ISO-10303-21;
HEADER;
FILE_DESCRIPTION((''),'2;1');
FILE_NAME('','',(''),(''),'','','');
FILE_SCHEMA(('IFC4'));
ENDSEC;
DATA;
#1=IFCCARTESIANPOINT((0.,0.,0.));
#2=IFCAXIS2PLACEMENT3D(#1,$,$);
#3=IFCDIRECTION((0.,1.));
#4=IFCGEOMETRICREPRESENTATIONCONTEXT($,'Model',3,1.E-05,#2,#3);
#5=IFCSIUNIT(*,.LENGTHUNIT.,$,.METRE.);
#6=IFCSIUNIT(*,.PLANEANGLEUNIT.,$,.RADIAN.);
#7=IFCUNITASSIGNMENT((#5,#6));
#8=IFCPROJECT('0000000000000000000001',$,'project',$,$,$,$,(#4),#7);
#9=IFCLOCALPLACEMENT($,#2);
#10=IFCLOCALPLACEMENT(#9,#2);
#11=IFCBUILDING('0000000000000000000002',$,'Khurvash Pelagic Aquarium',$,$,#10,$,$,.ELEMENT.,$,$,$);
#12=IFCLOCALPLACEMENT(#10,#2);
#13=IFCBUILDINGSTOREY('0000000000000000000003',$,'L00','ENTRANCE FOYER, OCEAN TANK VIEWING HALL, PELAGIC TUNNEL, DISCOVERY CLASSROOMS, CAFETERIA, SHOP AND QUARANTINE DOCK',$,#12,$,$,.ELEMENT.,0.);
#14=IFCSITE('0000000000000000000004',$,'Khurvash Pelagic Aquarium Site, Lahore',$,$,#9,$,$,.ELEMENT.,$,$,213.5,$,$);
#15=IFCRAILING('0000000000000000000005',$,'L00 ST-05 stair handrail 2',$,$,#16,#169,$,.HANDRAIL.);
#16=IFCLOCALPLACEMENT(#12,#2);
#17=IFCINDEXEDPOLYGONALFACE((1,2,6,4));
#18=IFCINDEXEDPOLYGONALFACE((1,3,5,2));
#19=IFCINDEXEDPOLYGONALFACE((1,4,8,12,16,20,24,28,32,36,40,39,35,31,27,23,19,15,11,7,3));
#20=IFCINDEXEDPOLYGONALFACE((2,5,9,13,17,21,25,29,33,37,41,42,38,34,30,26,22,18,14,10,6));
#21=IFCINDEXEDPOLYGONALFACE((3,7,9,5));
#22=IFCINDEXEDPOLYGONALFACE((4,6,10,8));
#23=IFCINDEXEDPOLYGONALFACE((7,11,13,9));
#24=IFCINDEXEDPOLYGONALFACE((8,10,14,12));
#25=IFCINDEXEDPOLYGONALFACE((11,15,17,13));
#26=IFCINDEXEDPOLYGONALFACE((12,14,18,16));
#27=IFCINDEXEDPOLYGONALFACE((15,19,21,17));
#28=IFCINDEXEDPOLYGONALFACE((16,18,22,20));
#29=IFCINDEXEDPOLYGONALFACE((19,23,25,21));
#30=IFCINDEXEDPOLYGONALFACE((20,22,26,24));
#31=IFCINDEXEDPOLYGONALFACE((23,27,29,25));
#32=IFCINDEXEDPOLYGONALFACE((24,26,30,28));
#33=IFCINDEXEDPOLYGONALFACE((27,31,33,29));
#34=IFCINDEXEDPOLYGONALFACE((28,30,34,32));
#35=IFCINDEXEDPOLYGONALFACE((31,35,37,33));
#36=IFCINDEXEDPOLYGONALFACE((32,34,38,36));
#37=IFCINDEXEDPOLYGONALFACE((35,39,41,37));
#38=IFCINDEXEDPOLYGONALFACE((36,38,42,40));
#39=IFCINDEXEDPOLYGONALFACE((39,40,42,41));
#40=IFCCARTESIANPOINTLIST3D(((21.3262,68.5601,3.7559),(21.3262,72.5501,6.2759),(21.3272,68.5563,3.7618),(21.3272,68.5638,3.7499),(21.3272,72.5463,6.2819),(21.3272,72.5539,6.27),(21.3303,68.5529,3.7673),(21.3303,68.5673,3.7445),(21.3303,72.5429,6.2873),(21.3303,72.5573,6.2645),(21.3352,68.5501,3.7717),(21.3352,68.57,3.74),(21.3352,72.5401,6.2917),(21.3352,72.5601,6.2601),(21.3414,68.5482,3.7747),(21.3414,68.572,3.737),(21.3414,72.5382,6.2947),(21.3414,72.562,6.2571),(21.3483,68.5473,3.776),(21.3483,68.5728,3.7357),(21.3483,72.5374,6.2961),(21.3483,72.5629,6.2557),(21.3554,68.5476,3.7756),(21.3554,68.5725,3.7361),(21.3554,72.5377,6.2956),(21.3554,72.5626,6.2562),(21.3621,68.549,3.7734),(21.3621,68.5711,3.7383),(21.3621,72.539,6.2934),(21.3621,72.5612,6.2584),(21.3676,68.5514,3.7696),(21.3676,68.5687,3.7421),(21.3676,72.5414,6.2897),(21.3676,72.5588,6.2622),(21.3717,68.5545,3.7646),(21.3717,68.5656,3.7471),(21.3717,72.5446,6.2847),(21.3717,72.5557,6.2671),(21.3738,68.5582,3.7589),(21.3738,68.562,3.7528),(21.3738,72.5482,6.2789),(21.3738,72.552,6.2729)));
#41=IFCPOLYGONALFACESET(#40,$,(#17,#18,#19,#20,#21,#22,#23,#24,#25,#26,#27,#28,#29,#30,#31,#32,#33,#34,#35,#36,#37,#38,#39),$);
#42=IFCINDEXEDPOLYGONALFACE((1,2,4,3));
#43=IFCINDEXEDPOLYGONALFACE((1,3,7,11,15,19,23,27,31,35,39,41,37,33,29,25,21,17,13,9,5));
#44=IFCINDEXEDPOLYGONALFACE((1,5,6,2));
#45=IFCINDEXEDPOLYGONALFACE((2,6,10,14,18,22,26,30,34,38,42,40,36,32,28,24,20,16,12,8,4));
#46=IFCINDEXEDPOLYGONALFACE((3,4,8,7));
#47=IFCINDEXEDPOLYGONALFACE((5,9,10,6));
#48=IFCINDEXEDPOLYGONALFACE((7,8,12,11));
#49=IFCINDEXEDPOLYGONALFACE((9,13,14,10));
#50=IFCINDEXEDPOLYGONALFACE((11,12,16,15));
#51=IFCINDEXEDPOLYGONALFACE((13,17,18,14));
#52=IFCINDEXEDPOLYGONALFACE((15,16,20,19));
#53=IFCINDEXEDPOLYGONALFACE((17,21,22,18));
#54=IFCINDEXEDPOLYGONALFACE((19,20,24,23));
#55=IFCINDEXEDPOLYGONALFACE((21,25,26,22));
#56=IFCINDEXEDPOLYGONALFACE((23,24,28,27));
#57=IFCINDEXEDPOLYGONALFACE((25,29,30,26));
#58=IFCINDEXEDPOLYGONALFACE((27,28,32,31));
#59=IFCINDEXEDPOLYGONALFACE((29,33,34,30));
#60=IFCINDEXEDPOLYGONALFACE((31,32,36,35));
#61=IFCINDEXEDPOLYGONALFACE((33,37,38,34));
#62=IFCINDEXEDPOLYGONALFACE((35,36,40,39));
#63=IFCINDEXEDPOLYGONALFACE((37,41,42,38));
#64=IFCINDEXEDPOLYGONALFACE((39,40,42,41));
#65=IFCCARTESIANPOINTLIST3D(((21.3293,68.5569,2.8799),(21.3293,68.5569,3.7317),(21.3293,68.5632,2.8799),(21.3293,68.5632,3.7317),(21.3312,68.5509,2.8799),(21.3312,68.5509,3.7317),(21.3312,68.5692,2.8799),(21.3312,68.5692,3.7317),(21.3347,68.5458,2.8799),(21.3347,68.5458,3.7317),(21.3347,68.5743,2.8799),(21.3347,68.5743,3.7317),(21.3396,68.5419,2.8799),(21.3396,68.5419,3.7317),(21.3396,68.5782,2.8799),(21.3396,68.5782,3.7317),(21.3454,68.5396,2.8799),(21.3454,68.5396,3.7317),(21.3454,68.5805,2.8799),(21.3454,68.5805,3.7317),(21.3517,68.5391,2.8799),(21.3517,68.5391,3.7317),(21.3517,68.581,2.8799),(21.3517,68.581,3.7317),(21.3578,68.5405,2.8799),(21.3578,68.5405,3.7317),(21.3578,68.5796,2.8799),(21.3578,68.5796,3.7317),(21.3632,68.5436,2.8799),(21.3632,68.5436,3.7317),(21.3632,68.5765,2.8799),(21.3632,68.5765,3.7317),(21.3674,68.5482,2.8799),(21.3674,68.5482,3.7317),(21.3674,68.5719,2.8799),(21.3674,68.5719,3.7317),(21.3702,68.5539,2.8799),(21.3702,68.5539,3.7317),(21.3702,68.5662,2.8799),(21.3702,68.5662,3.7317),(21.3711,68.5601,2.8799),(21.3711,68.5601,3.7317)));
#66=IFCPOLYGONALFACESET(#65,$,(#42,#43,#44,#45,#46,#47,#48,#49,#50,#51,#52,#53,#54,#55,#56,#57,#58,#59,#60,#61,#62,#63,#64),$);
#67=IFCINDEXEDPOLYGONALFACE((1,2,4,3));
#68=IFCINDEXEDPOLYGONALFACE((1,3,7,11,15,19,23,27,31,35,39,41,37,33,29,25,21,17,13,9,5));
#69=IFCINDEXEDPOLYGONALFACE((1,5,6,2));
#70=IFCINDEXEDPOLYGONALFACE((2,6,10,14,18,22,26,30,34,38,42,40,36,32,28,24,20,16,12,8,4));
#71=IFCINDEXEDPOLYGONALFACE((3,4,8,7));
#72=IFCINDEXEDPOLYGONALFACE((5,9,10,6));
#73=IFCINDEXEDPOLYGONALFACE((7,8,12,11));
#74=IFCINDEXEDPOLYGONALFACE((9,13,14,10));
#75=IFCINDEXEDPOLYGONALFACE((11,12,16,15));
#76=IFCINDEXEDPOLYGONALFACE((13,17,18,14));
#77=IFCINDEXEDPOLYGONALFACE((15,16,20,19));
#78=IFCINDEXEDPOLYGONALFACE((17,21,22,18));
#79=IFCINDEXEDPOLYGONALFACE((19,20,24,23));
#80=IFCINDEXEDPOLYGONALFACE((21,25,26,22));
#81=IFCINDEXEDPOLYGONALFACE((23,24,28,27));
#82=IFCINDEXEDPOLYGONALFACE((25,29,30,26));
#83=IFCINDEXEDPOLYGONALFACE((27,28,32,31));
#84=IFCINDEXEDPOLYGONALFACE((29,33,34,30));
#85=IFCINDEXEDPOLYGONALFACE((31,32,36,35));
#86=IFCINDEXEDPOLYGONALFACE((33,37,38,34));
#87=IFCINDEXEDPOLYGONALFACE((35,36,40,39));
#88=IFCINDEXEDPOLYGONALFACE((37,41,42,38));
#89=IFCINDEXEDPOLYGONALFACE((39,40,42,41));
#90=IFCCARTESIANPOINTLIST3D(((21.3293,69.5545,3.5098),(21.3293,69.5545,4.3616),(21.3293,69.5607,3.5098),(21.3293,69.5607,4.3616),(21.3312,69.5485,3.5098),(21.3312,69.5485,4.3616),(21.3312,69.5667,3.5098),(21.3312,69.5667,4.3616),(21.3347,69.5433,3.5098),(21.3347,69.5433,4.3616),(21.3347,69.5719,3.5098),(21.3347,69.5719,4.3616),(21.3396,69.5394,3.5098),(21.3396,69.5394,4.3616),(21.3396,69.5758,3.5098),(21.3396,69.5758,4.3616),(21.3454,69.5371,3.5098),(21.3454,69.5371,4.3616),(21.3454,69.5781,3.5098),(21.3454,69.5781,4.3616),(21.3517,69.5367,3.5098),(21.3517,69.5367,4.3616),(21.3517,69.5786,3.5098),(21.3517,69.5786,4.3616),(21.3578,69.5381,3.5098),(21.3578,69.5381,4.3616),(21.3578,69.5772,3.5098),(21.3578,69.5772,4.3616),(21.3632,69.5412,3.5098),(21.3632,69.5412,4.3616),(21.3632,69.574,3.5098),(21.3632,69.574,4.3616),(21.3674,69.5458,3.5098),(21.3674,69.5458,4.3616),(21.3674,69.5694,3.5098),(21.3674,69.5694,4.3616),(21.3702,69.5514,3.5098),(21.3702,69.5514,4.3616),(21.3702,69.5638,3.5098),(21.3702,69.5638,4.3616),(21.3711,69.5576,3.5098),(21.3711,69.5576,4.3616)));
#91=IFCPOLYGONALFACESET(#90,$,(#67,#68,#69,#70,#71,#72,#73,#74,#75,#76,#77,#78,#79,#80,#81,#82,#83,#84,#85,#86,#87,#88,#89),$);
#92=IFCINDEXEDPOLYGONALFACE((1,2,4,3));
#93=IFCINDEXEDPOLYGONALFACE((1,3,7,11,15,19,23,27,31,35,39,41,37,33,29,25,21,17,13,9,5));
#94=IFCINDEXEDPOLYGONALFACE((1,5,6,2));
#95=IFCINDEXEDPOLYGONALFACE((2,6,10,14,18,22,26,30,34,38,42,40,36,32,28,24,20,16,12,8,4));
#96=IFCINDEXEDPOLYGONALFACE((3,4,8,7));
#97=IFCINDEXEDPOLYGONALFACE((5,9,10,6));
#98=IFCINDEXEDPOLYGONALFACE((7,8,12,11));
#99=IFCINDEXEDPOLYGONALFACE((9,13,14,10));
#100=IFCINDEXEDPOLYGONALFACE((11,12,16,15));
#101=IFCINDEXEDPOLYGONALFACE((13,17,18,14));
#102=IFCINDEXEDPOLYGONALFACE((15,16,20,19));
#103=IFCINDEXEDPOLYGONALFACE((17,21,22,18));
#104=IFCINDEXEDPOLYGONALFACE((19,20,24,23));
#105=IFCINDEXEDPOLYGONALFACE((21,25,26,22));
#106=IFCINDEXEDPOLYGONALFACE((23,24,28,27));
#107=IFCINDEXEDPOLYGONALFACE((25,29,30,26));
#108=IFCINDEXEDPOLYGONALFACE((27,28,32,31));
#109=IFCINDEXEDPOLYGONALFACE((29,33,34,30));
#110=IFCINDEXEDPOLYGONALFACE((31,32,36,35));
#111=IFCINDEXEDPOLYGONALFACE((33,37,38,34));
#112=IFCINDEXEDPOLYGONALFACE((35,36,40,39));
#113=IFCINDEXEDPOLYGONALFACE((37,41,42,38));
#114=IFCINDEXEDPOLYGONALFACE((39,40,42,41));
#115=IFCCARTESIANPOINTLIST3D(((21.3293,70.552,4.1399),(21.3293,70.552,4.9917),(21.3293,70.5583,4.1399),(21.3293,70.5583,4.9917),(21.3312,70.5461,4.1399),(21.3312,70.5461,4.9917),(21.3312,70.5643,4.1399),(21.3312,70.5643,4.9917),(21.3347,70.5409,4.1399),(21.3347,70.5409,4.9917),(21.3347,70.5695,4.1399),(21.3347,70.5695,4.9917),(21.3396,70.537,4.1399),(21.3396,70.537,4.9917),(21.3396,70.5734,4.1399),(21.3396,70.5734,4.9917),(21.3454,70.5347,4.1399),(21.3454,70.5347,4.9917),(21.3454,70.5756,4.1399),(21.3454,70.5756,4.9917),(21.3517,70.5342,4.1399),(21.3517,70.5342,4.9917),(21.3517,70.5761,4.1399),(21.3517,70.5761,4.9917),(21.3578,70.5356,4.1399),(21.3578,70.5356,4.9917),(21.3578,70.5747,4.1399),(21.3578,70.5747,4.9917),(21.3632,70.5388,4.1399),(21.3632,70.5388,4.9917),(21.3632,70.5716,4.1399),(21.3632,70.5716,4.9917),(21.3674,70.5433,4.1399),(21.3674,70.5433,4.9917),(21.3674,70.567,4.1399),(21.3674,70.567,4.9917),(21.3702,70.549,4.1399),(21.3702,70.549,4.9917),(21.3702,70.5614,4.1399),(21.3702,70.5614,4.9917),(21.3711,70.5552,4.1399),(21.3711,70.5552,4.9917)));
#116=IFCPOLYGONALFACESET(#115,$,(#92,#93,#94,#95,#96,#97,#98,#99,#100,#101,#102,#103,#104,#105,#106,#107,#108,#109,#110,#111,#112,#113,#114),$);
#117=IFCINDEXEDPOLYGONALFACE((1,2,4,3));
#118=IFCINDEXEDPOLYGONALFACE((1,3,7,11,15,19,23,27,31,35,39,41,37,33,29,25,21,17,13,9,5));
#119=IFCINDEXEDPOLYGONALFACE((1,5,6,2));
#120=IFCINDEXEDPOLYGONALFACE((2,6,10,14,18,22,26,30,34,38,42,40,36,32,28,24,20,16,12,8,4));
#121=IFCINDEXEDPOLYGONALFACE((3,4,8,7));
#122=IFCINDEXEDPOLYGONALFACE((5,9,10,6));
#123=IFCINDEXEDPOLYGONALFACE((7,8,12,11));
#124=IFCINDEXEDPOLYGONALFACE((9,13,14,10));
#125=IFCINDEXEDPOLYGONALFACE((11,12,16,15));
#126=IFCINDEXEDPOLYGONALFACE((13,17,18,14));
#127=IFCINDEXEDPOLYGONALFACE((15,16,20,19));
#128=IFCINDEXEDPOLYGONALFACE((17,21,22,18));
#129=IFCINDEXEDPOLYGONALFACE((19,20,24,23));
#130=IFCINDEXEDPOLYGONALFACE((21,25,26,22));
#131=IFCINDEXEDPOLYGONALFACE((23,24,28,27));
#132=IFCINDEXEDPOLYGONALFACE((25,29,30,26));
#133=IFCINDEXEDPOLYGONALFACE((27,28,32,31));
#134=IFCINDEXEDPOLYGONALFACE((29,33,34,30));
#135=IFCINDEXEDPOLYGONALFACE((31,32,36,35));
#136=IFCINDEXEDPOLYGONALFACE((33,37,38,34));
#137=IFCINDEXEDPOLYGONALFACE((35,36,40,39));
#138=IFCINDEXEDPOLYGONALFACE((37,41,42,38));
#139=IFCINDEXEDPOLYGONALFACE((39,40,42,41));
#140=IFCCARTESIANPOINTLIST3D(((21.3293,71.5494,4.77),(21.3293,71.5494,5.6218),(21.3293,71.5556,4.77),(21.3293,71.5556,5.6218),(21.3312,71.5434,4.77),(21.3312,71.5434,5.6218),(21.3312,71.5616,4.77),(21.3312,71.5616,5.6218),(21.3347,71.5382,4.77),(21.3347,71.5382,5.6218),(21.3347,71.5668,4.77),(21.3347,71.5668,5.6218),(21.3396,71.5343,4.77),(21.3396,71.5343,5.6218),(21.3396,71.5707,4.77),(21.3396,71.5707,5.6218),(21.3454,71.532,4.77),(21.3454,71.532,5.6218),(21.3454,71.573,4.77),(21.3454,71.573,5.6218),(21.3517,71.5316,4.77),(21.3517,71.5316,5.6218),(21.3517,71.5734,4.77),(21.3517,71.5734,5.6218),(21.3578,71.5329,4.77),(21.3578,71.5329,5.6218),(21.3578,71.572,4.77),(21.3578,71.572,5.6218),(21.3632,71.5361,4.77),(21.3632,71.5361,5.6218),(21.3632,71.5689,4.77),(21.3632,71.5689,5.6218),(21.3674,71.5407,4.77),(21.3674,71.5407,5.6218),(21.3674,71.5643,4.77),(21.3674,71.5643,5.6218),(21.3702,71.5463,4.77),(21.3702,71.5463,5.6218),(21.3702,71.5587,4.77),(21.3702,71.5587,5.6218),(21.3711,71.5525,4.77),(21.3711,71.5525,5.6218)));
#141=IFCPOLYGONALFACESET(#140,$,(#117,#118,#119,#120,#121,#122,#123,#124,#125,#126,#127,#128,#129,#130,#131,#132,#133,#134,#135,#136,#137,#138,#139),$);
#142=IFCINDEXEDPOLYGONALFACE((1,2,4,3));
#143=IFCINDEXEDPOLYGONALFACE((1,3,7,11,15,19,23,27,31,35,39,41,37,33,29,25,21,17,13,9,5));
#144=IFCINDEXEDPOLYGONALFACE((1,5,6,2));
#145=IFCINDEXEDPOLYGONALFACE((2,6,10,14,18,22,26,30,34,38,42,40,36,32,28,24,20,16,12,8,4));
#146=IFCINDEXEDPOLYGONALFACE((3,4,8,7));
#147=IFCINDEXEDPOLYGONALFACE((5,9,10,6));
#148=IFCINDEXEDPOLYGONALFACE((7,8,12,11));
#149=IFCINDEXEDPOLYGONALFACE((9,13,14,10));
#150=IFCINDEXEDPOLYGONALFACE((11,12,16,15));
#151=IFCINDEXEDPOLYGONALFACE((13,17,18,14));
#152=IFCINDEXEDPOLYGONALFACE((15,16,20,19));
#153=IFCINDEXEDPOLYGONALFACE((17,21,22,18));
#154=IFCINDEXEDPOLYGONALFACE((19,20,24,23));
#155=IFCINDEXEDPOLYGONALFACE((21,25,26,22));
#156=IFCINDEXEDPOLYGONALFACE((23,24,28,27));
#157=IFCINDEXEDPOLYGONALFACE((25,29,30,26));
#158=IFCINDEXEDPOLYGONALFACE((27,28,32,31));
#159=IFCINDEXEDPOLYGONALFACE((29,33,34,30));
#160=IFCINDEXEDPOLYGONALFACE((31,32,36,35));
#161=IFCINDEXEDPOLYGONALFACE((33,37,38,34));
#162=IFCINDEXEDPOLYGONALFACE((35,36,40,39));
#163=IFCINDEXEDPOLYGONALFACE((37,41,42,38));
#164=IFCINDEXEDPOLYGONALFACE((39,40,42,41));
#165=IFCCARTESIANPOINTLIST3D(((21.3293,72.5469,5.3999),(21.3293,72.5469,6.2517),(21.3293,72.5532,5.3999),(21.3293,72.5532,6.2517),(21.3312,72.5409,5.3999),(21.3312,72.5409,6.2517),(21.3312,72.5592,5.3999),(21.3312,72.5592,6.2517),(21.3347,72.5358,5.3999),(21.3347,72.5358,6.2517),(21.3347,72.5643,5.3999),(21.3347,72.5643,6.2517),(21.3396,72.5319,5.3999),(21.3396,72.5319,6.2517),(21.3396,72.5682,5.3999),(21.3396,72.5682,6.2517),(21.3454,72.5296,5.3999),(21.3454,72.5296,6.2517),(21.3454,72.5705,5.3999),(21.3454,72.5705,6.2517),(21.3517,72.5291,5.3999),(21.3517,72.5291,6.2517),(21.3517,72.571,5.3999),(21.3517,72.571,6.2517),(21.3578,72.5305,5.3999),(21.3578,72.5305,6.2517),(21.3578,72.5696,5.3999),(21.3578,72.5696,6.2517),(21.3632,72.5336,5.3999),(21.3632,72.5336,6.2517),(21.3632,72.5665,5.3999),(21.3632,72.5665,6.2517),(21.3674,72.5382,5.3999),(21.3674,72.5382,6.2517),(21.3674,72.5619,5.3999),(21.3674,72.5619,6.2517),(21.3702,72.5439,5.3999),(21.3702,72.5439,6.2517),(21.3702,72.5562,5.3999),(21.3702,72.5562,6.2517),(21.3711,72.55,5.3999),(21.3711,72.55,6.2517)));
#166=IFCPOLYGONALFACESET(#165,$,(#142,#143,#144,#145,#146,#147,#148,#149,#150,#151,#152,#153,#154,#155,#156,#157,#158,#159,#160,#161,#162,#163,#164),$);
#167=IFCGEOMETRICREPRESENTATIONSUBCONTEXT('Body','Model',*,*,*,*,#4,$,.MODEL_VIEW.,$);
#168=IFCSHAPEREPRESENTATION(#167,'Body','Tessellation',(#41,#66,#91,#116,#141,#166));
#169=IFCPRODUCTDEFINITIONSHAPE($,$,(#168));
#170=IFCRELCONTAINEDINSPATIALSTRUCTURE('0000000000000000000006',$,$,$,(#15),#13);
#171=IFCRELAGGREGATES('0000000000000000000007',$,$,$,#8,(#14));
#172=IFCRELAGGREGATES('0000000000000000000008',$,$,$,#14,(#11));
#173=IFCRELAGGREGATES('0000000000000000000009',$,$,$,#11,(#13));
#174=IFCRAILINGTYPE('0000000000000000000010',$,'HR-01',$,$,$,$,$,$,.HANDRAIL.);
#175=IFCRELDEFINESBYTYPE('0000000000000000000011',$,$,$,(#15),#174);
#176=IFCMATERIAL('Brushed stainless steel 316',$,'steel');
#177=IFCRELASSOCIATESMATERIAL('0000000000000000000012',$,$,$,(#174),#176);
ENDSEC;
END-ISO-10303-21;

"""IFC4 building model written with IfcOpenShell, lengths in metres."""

from ifc_helpers import new_model, si_unit, direction, frame, origin, origin_2d, place, context, subcontext, project, spatial, circle, extrude, material, type_object, element, save


model = new_model("IFC4")

# Units and contexts
model_context = context("Model", 3, precision=1e-05, world=origin(), true_north=direction((0.0, 1.0)))
body_context = subcontext(model_context, "Body", "Model", "MODEL_VIEW")
ifc_project = project(units=[si_unit("LENGTHUNIT", "METRE"), si_unit("PLANEANGLEUNIT", "RADIAN")], contexts=[model_context])

# Site, building, storey
site_placement = place(None, origin())
site = spatial("IfcSite", under=ifc_project, at=site_placement, Name="Khurvash Pelagic Aquarium Site, Lahore", CompositionType="ELEMENT", RefElevation=213.5)
building_placement = place(site_placement, origin())
building = spatial("IfcBuilding", under=site, at=building_placement, Name="Khurvash Pelagic Aquarium", CompositionType="ELEMENT")
storey_placement = place(building_placement, origin())
storey = spatial("IfcBuildingStorey", under=building, at=storey_placement, Name="L00", Description="ENTRANCE FOYER, OCEAN TANK VIEWING HALL, PELAGIC TUNNEL, DISCOVERY CLASSROOMS, CAFETERIA, SHOP AND QUARANTINE DOCK", CompositionType="ELEMENT", Elevation=0.0)

# Railing
ifc_material_1 = material(Name="Brushed stainless steel 316", Category="steel")
railing_type_1 = type_object("IfcRailingType", Name="HR-01", PredefinedType="HANDRAIL", material=ifc_material_1)
railing_1_placement = place(storey_placement, frame((21.3501, 68.5601, 2.8799)))
element("IfcRailing", 1, at=railing_1_placement, inside=storey, type_object=railing_type_1, Name="L00 ST-05 stair handrail 2", PredefinedType="HANDRAIL", context=body_context, shape_type="SweptSolid", body=[
    extrude(circle(Radius=0.0239, at=origin_2d()), frame((0.0, 0.0, 0.876), z_axis=(0.0, 0.845486, 0.533997), x_axis=(-1.0, 0.0, 0.0)), (0.0, 0.0, 1.0), 4.7192),
    extrude(circle(Radius=0.021, at=origin_2d()), origin(), (0.0, 0.0, 1.0), 0.8518),
    extrude(circle(Radius=0.021, at=origin_2d()), frame((0.0, 0.9976, 0.6299)), (0.0, 0.0, 1.0), 0.8518),
    extrude(circle(Radius=0.021, at=origin_2d()), frame((0.0, 1.9951, 1.26)), (0.0, 0.0, 1.0), 0.8518),
    extrude(circle(Radius=0.021, at=origin_2d()), frame((0.0, 2.9924, 1.8901)), (0.0, 0.0, 1.0), 0.8518),
    extrude(circle(Radius=0.021, at=origin_2d()), frame((0.0, 3.99, 2.52)), (0.0, 0.0, 1.0), 0.8518),
])

save(model, "model.ifc")
